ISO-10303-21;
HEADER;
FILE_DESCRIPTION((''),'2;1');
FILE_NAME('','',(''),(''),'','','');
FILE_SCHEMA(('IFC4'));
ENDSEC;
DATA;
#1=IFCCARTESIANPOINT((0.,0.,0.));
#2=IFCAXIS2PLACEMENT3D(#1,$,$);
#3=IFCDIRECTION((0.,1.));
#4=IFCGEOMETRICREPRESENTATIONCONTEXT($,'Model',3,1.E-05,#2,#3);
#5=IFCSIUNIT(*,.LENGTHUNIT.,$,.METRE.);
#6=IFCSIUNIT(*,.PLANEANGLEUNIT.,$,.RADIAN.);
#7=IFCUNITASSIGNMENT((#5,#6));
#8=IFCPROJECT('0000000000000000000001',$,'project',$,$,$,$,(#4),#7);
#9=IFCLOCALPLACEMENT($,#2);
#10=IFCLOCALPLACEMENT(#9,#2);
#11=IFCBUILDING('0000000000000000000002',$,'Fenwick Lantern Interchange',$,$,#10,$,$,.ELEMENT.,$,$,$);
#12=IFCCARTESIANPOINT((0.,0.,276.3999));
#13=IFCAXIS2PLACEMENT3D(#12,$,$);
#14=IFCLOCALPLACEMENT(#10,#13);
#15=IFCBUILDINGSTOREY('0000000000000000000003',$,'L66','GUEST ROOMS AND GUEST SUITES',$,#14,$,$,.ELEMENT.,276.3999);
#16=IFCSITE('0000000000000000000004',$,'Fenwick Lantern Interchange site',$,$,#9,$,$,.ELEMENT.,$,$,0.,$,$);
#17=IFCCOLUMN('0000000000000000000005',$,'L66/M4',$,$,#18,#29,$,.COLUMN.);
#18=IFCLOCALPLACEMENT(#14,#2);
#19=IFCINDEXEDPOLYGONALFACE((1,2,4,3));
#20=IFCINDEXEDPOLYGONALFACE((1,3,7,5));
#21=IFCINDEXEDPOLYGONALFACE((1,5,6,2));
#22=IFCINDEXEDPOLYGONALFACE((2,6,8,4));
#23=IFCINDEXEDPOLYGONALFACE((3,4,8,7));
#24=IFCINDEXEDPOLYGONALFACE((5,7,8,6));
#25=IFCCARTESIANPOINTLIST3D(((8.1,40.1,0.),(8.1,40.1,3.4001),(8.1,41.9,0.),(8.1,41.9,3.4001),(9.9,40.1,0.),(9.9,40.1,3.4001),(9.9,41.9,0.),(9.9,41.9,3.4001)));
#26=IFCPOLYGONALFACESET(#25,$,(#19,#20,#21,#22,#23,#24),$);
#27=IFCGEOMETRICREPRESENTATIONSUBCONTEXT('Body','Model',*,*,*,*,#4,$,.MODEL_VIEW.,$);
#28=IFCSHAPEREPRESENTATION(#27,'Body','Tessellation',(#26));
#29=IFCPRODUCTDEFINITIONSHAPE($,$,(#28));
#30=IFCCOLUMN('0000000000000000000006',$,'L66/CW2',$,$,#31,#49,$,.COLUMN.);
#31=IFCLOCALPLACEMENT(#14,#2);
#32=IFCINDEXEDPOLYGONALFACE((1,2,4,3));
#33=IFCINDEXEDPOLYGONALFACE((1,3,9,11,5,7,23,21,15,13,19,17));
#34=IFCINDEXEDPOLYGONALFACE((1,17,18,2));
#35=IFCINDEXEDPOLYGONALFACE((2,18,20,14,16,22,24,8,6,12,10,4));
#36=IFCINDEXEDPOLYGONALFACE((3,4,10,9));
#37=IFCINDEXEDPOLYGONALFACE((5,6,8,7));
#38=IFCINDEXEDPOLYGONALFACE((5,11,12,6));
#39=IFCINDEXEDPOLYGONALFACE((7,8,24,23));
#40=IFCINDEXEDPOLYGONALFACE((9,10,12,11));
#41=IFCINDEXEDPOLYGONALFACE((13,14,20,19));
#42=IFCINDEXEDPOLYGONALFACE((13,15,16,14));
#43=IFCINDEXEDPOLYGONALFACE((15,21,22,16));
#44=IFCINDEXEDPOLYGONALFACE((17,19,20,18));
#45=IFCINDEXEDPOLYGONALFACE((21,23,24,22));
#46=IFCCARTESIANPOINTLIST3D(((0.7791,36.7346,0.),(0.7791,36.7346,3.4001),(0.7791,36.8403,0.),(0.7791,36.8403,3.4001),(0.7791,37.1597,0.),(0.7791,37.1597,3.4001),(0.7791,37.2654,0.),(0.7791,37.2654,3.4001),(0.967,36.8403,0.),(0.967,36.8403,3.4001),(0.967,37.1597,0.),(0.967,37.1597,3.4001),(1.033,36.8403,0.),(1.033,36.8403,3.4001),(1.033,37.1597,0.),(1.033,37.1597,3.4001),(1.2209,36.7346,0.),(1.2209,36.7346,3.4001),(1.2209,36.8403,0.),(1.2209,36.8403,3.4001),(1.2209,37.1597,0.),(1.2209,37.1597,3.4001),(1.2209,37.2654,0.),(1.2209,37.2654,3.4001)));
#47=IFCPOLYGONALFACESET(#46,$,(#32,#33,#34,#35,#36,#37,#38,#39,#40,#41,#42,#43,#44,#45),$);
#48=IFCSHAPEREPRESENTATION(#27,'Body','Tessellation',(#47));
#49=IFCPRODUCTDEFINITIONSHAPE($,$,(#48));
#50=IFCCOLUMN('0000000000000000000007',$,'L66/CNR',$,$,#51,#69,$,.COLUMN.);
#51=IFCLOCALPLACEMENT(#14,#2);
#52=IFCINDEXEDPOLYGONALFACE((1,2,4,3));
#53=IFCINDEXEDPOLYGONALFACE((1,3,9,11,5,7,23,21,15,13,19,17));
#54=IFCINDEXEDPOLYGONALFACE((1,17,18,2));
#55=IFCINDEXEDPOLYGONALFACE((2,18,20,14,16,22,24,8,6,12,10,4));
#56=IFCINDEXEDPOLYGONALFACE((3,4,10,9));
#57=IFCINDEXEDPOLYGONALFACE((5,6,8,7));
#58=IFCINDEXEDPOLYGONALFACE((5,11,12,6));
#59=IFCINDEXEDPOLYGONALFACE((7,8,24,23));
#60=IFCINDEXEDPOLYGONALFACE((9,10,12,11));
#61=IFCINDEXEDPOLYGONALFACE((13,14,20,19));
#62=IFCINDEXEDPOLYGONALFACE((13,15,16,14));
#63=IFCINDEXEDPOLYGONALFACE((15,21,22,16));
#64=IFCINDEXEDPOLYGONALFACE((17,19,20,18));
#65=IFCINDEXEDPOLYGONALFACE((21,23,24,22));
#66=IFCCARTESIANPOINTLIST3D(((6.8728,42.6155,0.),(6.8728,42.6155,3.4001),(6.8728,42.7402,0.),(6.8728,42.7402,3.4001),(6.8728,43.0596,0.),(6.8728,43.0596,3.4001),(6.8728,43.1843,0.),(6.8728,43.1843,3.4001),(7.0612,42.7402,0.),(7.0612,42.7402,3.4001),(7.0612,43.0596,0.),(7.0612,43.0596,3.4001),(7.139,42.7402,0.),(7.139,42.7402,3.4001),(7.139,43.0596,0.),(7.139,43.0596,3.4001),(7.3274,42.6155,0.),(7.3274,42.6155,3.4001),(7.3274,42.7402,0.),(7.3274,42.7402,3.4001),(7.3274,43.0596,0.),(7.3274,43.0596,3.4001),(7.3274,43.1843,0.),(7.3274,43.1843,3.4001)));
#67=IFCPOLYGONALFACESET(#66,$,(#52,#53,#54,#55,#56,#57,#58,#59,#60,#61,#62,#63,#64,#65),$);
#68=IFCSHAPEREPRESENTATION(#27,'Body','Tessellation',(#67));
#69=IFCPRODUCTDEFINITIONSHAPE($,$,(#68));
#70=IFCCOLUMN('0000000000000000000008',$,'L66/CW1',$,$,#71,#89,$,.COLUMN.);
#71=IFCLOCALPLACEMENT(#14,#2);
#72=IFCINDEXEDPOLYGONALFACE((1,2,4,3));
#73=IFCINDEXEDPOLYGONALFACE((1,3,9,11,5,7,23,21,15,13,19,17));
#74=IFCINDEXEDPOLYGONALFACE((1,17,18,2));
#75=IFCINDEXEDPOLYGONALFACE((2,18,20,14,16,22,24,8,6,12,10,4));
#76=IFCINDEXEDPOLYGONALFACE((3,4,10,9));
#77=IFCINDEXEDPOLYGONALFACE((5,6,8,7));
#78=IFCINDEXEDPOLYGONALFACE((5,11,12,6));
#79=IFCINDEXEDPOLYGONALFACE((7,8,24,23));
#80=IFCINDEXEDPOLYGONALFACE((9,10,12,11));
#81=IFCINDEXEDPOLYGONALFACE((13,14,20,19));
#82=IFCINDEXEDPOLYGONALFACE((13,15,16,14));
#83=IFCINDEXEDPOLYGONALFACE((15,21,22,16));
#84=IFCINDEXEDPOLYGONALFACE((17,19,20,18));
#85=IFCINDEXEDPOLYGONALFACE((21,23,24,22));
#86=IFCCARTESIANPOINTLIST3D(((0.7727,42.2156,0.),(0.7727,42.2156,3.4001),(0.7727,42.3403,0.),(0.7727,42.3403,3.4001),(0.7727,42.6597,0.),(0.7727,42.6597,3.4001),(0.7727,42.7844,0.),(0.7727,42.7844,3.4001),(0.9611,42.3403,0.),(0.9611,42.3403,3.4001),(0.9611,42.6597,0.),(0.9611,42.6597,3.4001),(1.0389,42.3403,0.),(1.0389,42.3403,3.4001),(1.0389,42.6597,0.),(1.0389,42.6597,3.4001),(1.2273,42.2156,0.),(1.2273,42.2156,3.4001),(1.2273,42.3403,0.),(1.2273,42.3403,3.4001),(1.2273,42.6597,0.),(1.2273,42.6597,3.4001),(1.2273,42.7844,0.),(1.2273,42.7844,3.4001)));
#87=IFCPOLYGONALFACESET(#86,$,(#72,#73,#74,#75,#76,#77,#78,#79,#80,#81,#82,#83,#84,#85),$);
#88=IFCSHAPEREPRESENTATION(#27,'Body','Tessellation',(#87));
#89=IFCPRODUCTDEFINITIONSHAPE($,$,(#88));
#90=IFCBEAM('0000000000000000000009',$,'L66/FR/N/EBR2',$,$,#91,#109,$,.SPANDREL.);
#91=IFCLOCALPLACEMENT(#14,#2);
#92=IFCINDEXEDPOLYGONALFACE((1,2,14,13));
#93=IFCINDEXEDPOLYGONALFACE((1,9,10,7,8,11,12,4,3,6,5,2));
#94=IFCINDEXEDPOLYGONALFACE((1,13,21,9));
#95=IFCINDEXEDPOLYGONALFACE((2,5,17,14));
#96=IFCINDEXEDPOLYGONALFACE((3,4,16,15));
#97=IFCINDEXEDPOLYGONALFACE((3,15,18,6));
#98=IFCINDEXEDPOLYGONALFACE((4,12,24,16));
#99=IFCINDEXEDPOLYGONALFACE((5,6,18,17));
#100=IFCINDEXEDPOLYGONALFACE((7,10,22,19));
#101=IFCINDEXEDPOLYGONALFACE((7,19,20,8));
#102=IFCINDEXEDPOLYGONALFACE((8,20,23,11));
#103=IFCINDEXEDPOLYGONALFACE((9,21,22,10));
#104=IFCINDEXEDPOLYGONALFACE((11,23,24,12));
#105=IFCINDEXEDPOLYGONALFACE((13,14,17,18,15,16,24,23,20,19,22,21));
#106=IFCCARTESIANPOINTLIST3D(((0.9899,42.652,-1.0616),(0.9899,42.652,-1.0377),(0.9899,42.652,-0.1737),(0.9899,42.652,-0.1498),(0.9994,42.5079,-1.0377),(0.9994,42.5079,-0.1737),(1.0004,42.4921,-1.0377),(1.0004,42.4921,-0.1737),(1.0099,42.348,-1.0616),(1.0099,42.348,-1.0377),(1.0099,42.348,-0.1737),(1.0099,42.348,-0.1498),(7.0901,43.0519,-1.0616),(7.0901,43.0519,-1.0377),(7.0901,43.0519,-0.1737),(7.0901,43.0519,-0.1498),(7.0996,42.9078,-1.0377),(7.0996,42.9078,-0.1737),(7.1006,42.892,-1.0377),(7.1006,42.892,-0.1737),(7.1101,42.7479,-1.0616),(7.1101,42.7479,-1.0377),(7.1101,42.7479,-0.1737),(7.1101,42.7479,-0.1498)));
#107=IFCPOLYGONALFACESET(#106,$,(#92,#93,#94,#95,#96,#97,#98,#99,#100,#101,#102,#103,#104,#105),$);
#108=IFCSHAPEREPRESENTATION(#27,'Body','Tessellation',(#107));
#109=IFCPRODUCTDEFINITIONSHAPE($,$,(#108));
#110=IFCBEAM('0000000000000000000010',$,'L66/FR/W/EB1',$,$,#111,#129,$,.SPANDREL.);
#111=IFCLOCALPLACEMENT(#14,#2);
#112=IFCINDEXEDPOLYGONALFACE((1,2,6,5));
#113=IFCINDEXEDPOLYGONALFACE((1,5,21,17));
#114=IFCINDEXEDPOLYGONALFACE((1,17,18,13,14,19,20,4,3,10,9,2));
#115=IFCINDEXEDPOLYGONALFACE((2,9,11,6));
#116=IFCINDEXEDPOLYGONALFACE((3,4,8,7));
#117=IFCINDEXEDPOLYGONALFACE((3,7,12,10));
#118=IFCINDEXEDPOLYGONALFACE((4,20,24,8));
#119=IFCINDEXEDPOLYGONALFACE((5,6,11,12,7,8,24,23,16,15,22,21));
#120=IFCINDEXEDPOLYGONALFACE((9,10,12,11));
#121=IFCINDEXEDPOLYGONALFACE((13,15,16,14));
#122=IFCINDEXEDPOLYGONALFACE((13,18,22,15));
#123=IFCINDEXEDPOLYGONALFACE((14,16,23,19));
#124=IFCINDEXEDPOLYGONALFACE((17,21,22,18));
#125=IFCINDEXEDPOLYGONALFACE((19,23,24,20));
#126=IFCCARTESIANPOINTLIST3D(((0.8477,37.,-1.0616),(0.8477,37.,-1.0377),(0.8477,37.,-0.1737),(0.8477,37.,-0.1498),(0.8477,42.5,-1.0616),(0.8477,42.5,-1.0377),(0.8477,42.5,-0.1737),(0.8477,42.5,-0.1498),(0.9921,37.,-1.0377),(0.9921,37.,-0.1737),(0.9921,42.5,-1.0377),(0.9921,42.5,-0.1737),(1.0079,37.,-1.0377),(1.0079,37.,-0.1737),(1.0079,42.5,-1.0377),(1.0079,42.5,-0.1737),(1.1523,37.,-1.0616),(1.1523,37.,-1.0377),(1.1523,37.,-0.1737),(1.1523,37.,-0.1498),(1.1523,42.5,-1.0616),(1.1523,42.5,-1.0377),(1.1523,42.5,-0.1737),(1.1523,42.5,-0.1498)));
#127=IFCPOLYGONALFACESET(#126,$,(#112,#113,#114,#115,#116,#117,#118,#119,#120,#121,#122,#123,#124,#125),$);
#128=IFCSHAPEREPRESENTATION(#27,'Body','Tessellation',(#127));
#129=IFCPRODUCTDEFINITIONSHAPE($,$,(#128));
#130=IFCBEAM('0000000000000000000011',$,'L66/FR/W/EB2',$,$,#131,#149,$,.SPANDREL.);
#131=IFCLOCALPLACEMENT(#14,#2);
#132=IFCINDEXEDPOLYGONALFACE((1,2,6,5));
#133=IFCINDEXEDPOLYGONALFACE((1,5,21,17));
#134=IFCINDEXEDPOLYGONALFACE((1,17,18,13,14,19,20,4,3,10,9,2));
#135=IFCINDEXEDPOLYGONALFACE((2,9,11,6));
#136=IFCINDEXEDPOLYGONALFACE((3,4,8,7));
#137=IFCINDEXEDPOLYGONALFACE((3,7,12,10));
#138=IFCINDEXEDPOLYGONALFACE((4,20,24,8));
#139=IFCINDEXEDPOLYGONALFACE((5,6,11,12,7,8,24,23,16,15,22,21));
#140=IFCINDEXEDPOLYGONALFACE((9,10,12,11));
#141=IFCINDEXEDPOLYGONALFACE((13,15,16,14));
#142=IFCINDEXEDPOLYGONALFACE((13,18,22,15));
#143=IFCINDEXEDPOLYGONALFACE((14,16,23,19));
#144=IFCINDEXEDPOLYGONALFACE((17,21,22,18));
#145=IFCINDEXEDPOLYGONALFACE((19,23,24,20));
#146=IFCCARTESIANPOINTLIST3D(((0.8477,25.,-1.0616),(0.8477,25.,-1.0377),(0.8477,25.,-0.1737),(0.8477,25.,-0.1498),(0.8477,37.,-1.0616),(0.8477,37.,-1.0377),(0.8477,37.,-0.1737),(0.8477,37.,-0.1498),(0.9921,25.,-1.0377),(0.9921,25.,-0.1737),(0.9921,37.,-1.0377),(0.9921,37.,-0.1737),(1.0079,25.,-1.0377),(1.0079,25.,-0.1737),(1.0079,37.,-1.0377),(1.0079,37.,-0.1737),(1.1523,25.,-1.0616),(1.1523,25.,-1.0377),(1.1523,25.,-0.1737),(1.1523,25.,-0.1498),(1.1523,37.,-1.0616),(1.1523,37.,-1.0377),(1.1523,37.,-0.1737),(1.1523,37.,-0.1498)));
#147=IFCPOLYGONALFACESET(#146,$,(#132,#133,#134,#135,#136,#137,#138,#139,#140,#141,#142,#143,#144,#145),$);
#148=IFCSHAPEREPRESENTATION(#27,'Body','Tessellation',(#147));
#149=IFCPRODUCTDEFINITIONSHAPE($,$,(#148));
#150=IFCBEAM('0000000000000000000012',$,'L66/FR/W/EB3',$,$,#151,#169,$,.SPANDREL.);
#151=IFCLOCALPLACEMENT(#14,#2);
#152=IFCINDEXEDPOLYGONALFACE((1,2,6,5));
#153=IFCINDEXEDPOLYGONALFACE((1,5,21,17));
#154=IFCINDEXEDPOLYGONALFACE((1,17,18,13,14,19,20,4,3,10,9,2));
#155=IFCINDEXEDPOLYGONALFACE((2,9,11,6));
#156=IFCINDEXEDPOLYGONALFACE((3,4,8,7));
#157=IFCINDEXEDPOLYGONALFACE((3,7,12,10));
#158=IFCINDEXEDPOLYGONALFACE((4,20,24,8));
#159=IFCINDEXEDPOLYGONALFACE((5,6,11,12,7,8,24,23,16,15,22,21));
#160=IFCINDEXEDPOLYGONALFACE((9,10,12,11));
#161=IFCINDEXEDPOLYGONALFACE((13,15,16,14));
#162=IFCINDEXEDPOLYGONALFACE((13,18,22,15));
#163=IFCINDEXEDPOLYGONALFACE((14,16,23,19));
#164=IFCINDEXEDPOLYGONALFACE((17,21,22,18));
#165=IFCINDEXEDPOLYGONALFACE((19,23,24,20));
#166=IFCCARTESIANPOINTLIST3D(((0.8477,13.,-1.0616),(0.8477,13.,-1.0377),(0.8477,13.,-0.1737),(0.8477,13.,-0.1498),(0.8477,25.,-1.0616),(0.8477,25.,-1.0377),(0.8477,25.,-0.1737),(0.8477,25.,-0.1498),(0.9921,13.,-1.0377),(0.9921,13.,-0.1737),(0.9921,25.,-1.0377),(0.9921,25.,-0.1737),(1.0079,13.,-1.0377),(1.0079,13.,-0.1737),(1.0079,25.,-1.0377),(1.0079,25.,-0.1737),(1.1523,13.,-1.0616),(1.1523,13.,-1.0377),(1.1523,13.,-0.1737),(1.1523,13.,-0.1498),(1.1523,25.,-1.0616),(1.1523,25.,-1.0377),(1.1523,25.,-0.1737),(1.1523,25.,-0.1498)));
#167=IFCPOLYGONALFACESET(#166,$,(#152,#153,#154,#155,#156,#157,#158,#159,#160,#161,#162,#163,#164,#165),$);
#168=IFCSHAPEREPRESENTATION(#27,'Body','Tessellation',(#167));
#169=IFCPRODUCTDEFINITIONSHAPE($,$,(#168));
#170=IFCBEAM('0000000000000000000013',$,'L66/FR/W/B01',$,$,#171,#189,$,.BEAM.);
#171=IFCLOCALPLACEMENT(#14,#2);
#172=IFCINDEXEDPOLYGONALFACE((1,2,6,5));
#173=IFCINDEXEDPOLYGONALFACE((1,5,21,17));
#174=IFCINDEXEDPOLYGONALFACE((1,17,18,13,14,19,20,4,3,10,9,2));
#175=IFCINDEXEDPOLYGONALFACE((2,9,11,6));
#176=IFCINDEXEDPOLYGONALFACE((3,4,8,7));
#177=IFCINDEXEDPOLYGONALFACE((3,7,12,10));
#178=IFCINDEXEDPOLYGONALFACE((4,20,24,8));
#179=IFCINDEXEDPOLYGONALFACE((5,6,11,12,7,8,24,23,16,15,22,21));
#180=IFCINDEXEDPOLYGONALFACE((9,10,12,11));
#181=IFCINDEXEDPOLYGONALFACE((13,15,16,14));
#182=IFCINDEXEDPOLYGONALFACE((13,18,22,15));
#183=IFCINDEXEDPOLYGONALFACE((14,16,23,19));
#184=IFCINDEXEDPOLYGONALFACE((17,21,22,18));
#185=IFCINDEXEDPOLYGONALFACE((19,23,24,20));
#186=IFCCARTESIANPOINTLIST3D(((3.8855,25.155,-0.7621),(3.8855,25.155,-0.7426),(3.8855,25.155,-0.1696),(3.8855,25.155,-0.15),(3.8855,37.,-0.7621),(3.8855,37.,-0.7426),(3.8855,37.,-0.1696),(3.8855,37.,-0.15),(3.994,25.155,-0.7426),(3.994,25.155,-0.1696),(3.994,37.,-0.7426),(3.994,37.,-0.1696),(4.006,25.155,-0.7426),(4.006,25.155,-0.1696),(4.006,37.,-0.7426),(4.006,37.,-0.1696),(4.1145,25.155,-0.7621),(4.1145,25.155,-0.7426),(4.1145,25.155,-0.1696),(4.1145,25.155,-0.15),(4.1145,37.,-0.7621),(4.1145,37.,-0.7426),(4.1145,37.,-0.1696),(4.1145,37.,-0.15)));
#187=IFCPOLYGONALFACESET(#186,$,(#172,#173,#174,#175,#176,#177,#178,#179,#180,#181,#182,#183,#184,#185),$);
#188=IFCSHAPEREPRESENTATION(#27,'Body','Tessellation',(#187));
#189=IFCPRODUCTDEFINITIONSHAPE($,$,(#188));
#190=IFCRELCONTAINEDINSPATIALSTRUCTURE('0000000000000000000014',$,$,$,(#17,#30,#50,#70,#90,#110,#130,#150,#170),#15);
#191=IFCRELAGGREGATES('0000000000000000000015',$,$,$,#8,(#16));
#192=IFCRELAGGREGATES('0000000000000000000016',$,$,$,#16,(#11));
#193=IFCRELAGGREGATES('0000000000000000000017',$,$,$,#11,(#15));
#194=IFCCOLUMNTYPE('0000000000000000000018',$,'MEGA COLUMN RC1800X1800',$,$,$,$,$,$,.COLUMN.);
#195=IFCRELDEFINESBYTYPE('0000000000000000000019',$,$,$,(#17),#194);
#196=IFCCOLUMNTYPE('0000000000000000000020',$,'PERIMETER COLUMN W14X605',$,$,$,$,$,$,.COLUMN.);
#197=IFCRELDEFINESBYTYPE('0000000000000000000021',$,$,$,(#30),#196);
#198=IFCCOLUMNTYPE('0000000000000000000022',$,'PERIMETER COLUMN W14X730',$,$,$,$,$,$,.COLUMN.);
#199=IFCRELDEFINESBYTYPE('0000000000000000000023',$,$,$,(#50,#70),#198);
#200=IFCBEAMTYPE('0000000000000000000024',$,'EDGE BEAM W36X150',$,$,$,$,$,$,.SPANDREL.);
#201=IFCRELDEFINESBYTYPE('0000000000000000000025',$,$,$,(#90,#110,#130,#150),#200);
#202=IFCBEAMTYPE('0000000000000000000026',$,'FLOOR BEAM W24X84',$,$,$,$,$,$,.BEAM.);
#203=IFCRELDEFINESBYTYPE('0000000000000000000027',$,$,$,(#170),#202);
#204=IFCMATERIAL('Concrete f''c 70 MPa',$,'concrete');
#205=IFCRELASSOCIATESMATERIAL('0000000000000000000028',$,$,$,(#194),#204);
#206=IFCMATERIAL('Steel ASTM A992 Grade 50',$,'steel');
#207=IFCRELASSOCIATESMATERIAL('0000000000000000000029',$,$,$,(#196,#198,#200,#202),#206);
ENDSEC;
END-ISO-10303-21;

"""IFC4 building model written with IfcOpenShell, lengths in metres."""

from ifc_helpers import new_model, si_unit, direction, frame, origin, origin_2d, place, context, subcontext, project, spatial, rectangle, i_section, extrude, material, material_profile, profile_set, type_object, element, save


model = new_model("IFC4")

# Units and contexts
model_context = context("Model", 3, precision=1e-05, world=origin(), true_north=direction((0.0, 1.0)))
body_context = subcontext(model_context, "Body", "Model", "MODEL_VIEW")
ifc_project = project(units=[si_unit("LENGTHUNIT", "METRE"), si_unit("PLANEANGLEUNIT", "RADIAN")], contexts=[model_context])

# Site, building, storey
site_placement = place(None, origin())
site = spatial("IfcSite", under=ifc_project, at=site_placement, Name="Fenwick Lantern Interchange site", CompositionType="ELEMENT", RefElevation=0.0)
building_placement = place(site_placement, origin())
building = spatial("IfcBuilding", under=site, at=building_placement, Name="Fenwick Lantern Interchange", CompositionType="ELEMENT")
storey_placement = place(building_placement, frame((0.0, 0.0, 276.3999)))
storey = spatial("IfcBuildingStorey", under=building, at=storey_placement, Name="L66", Description="GUEST ROOMS AND GUEST SUITES", CompositionType="ELEMENT", Elevation=276.3999)

# Columns
ifc_material_1 = material(Name="Concrete f'c 70 MPa", Category="concrete")
ifc_material_profile_1 = material_profile(ifc_material_1, rectangle(XDim=1.8, YDim=1.8, at=origin_2d()), Name="RC1800X1800")
ifc_profile_set_1 = profile_set([ifc_material_profile_1], Name="Concrete f'c 70 MPa")
column_type_1 = type_object("IfcColumnType", Name="MEGA COLUMN RC1800X1800", PredefinedType="COLUMN", material=ifc_profile_set_1)
column_1_placement = place(storey_placement, frame((9.0, 41.0, 0.0), z_axis=(0.0, 0.0, 1.0), x_axis=(1.0, 0.0, 0.0)))
element("IfcColumn", 1, at=column_1_placement, inside=storey, type_object=column_type_1, Name="L66/M4", PredefinedType="COLUMN", context=body_context, shape_type="SweptSolid", body=[
    extrude(rectangle(XDim=1.8, YDim=1.8, at=origin_2d()), origin(), (0.0, 0.0, 1.0), 3.4001),
])
ifc_material_2 = material(Name="Steel ASTM A992 Grade 50", Category="steel")
ifc_material_profile_2 = material_profile(ifc_material_2, i_section(OverallWidth=0.4419, OverallDepth=0.5308, WebThickness=0.0659, FlangeThickness=0.1057, at=origin_2d()), Name="W14X605")
ifc_profile_set_2 = profile_set([ifc_material_profile_2], Name="Steel ASTM A992 Grade 50")
column_type_2 = type_object("IfcColumnType", Name="PERIMETER COLUMN W14X605", PredefinedType="COLUMN", material=ifc_profile_set_2)
column_2_placement = place(storey_placement, frame((1.0, 37.0, 0.0), z_axis=(0.0, 0.0, 1.0), x_axis=(1.0, 0.0, 0.0)))
element("IfcColumn", 2, at=column_2_placement, inside=storey, type_object=column_type_2, Name="L66/CW2", PredefinedType="COLUMN", context=body_context, shape_type="SweptSolid", body=[
    extrude(i_section(OverallWidth=0.4419, OverallDepth=0.5308, WebThickness=0.0659, FlangeThickness=0.1057, at=origin_2d()), origin(), (0.0, 0.0, 1.0), 3.4001),
])
ifc_material_profile_3 = material_profile(ifc_material_2, i_section(OverallWidth=0.4546, OverallDepth=0.5688, WebThickness=0.0779, FlangeThickness=0.1248, at=origin_2d()), Name="W14X730")
ifc_profile_set_3 = profile_set([ifc_material_profile_3], Name="Steel ASTM A992 Grade 50")
column_type_3 = type_object("IfcColumnType", Name="PERIMETER COLUMN W14X730", PredefinedType="COLUMN", material=ifc_profile_set_3)
for number, where, z_axis, x_axis, name in (
    (3, (7.1001, 42.8999, 0.0), (0.0, 0.0, 1.0), (1.0, 0.0, 0.0), "L66/CNR"),
    (4, (1.0, 42.5, 0.0), (0.0, 0.0, 1.0), (1.0, 0.0, 0.0), "L66/CW1"),
):
    element("IfcColumn", number, at=place(storey_placement, frame(where, z_axis=z_axis, x_axis=x_axis)), inside=storey, type_object=column_type_3, Name=name, PredefinedType="COLUMN", context=body_context, shape_type="SweptSolid", body=[
        extrude(i_section(OverallWidth=0.4546, OverallDepth=0.5688, WebThickness=0.0779, FlangeThickness=0.1248, at=origin_2d()), origin(), (0.0, 0.0, 1.0), 3.4001),
    ])

# Beams
ifc_material_profile_4 = material_profile(ifc_material_2, i_section(OverallWidth=0.3047, OverallDepth=0.9119, WebThickness=0.0159, FlangeThickness=0.0239, at=origin_2d()), Name="W36X150")
ifc_profile_set_4 = profile_set([ifc_material_profile_4], Name="Steel ASTM A992 Grade 50")
beam_type_1 = type_object("IfcBeamType", Name="EDGE BEAM W36X150", PredefinedType="SPANDREL", material=ifc_profile_set_4)
beam_1_placement = place(storey_placement, frame((7.1001, 42.8999, -0.6057), z_axis=(-0.997858, -0.065416, 0.0), x_axis=(0.065416, -0.997858, 0.0)))
element("IfcBeam", 5, at=beam_1_placement, inside=storey, type_object=beam_type_1, Name="L66/FR/N/EBR2", PredefinedType="SPANDREL", context=body_context, shape_type="SweptSolid", body=[
    extrude(i_section(OverallWidth=0.3047, OverallDepth=0.9119, WebThickness=0.0159, FlangeThickness=0.0239, at=origin_2d()), origin(), (0.0, 0.0, 1.0), 6.1133),
])
beam_2_placement = place(storey_placement, frame((1.0, 42.5, -0.6057), z_axis=(0.0, -1.0, 0.0), x_axis=(1.0, 0.0, 0.0)))
element("IfcBeam", 6, at=beam_2_placement, inside=storey, type_object=beam_type_1, Name="L66/FR/W/EB1", PredefinedType="SPANDREL", context=body_context, shape_type="SweptSolid", body=[
    extrude(i_section(OverallWidth=0.3047, OverallDepth=0.9119, WebThickness=0.0159, FlangeThickness=0.0239, at=origin_2d()), origin(), (0.0, 0.0, 1.0), 5.5),
])
for number, where, z_axis, x_axis, name in (
    (7, (1.0, 37.0, -0.6057), (0.0, -1.0, 0.0), (1.0, 0.0, 0.0), "L66/FR/W/EB2"),
    (8, (1.0, 25.0, -0.6057), (0.0, -1.0, 0.0), (1.0, 0.0, 0.0), "L66/FR/W/EB3"),
):
    element("IfcBeam", number, at=place(storey_placement, frame(where, z_axis=z_axis, x_axis=x_axis)), inside=storey, type_object=beam_type_1, Name=name, PredefinedType="SPANDREL", context=body_context, shape_type="SweptSolid", body=[
        extrude(i_section(OverallWidth=0.3047, OverallDepth=0.9119, WebThickness=0.0159, FlangeThickness=0.0239, at=origin_2d()), origin(), (0.0, 0.0, 1.0), 12.0),
    ])
ifc_material_profile_5 = material_profile(ifc_material_2, i_section(OverallWidth=0.229, OverallDepth=0.6121, WebThickness=0.012, FlangeThickness=0.0195, at=origin_2d()), Name="W24X84")
ifc_profile_set_5 = profile_set([ifc_material_profile_5], Name="Steel ASTM A992 Grade 50")
beam_type_2 = type_object("IfcBeamType", Name="FLOOR BEAM W24X84", PredefinedType="BEAM", material=ifc_profile_set_5)
for number, where, z_axis, x_axis, name in (
    (9, (4.0, 37.0, -0.4561), (0.0, -1.0, 0.0), (1.0, 0.0, 0.0), "L66/FR/W/B01"),
):
    element("IfcBeam", number, at=place(storey_placement, frame(where, z_axis=z_axis, x_axis=x_axis)), inside=storey, type_object=beam_type_2, Name=name, PredefinedType="BEAM", context=body_context, shape_type="SweptSolid", body=[
        extrude(i_section(OverallWidth=0.229, OverallDepth=0.6121, WebThickness=0.012, FlangeThickness=0.0195, at=origin_2d()), origin(), (0.0, 0.0, 1.0), 11.845),
    ])

save(model, "model.ifc")
